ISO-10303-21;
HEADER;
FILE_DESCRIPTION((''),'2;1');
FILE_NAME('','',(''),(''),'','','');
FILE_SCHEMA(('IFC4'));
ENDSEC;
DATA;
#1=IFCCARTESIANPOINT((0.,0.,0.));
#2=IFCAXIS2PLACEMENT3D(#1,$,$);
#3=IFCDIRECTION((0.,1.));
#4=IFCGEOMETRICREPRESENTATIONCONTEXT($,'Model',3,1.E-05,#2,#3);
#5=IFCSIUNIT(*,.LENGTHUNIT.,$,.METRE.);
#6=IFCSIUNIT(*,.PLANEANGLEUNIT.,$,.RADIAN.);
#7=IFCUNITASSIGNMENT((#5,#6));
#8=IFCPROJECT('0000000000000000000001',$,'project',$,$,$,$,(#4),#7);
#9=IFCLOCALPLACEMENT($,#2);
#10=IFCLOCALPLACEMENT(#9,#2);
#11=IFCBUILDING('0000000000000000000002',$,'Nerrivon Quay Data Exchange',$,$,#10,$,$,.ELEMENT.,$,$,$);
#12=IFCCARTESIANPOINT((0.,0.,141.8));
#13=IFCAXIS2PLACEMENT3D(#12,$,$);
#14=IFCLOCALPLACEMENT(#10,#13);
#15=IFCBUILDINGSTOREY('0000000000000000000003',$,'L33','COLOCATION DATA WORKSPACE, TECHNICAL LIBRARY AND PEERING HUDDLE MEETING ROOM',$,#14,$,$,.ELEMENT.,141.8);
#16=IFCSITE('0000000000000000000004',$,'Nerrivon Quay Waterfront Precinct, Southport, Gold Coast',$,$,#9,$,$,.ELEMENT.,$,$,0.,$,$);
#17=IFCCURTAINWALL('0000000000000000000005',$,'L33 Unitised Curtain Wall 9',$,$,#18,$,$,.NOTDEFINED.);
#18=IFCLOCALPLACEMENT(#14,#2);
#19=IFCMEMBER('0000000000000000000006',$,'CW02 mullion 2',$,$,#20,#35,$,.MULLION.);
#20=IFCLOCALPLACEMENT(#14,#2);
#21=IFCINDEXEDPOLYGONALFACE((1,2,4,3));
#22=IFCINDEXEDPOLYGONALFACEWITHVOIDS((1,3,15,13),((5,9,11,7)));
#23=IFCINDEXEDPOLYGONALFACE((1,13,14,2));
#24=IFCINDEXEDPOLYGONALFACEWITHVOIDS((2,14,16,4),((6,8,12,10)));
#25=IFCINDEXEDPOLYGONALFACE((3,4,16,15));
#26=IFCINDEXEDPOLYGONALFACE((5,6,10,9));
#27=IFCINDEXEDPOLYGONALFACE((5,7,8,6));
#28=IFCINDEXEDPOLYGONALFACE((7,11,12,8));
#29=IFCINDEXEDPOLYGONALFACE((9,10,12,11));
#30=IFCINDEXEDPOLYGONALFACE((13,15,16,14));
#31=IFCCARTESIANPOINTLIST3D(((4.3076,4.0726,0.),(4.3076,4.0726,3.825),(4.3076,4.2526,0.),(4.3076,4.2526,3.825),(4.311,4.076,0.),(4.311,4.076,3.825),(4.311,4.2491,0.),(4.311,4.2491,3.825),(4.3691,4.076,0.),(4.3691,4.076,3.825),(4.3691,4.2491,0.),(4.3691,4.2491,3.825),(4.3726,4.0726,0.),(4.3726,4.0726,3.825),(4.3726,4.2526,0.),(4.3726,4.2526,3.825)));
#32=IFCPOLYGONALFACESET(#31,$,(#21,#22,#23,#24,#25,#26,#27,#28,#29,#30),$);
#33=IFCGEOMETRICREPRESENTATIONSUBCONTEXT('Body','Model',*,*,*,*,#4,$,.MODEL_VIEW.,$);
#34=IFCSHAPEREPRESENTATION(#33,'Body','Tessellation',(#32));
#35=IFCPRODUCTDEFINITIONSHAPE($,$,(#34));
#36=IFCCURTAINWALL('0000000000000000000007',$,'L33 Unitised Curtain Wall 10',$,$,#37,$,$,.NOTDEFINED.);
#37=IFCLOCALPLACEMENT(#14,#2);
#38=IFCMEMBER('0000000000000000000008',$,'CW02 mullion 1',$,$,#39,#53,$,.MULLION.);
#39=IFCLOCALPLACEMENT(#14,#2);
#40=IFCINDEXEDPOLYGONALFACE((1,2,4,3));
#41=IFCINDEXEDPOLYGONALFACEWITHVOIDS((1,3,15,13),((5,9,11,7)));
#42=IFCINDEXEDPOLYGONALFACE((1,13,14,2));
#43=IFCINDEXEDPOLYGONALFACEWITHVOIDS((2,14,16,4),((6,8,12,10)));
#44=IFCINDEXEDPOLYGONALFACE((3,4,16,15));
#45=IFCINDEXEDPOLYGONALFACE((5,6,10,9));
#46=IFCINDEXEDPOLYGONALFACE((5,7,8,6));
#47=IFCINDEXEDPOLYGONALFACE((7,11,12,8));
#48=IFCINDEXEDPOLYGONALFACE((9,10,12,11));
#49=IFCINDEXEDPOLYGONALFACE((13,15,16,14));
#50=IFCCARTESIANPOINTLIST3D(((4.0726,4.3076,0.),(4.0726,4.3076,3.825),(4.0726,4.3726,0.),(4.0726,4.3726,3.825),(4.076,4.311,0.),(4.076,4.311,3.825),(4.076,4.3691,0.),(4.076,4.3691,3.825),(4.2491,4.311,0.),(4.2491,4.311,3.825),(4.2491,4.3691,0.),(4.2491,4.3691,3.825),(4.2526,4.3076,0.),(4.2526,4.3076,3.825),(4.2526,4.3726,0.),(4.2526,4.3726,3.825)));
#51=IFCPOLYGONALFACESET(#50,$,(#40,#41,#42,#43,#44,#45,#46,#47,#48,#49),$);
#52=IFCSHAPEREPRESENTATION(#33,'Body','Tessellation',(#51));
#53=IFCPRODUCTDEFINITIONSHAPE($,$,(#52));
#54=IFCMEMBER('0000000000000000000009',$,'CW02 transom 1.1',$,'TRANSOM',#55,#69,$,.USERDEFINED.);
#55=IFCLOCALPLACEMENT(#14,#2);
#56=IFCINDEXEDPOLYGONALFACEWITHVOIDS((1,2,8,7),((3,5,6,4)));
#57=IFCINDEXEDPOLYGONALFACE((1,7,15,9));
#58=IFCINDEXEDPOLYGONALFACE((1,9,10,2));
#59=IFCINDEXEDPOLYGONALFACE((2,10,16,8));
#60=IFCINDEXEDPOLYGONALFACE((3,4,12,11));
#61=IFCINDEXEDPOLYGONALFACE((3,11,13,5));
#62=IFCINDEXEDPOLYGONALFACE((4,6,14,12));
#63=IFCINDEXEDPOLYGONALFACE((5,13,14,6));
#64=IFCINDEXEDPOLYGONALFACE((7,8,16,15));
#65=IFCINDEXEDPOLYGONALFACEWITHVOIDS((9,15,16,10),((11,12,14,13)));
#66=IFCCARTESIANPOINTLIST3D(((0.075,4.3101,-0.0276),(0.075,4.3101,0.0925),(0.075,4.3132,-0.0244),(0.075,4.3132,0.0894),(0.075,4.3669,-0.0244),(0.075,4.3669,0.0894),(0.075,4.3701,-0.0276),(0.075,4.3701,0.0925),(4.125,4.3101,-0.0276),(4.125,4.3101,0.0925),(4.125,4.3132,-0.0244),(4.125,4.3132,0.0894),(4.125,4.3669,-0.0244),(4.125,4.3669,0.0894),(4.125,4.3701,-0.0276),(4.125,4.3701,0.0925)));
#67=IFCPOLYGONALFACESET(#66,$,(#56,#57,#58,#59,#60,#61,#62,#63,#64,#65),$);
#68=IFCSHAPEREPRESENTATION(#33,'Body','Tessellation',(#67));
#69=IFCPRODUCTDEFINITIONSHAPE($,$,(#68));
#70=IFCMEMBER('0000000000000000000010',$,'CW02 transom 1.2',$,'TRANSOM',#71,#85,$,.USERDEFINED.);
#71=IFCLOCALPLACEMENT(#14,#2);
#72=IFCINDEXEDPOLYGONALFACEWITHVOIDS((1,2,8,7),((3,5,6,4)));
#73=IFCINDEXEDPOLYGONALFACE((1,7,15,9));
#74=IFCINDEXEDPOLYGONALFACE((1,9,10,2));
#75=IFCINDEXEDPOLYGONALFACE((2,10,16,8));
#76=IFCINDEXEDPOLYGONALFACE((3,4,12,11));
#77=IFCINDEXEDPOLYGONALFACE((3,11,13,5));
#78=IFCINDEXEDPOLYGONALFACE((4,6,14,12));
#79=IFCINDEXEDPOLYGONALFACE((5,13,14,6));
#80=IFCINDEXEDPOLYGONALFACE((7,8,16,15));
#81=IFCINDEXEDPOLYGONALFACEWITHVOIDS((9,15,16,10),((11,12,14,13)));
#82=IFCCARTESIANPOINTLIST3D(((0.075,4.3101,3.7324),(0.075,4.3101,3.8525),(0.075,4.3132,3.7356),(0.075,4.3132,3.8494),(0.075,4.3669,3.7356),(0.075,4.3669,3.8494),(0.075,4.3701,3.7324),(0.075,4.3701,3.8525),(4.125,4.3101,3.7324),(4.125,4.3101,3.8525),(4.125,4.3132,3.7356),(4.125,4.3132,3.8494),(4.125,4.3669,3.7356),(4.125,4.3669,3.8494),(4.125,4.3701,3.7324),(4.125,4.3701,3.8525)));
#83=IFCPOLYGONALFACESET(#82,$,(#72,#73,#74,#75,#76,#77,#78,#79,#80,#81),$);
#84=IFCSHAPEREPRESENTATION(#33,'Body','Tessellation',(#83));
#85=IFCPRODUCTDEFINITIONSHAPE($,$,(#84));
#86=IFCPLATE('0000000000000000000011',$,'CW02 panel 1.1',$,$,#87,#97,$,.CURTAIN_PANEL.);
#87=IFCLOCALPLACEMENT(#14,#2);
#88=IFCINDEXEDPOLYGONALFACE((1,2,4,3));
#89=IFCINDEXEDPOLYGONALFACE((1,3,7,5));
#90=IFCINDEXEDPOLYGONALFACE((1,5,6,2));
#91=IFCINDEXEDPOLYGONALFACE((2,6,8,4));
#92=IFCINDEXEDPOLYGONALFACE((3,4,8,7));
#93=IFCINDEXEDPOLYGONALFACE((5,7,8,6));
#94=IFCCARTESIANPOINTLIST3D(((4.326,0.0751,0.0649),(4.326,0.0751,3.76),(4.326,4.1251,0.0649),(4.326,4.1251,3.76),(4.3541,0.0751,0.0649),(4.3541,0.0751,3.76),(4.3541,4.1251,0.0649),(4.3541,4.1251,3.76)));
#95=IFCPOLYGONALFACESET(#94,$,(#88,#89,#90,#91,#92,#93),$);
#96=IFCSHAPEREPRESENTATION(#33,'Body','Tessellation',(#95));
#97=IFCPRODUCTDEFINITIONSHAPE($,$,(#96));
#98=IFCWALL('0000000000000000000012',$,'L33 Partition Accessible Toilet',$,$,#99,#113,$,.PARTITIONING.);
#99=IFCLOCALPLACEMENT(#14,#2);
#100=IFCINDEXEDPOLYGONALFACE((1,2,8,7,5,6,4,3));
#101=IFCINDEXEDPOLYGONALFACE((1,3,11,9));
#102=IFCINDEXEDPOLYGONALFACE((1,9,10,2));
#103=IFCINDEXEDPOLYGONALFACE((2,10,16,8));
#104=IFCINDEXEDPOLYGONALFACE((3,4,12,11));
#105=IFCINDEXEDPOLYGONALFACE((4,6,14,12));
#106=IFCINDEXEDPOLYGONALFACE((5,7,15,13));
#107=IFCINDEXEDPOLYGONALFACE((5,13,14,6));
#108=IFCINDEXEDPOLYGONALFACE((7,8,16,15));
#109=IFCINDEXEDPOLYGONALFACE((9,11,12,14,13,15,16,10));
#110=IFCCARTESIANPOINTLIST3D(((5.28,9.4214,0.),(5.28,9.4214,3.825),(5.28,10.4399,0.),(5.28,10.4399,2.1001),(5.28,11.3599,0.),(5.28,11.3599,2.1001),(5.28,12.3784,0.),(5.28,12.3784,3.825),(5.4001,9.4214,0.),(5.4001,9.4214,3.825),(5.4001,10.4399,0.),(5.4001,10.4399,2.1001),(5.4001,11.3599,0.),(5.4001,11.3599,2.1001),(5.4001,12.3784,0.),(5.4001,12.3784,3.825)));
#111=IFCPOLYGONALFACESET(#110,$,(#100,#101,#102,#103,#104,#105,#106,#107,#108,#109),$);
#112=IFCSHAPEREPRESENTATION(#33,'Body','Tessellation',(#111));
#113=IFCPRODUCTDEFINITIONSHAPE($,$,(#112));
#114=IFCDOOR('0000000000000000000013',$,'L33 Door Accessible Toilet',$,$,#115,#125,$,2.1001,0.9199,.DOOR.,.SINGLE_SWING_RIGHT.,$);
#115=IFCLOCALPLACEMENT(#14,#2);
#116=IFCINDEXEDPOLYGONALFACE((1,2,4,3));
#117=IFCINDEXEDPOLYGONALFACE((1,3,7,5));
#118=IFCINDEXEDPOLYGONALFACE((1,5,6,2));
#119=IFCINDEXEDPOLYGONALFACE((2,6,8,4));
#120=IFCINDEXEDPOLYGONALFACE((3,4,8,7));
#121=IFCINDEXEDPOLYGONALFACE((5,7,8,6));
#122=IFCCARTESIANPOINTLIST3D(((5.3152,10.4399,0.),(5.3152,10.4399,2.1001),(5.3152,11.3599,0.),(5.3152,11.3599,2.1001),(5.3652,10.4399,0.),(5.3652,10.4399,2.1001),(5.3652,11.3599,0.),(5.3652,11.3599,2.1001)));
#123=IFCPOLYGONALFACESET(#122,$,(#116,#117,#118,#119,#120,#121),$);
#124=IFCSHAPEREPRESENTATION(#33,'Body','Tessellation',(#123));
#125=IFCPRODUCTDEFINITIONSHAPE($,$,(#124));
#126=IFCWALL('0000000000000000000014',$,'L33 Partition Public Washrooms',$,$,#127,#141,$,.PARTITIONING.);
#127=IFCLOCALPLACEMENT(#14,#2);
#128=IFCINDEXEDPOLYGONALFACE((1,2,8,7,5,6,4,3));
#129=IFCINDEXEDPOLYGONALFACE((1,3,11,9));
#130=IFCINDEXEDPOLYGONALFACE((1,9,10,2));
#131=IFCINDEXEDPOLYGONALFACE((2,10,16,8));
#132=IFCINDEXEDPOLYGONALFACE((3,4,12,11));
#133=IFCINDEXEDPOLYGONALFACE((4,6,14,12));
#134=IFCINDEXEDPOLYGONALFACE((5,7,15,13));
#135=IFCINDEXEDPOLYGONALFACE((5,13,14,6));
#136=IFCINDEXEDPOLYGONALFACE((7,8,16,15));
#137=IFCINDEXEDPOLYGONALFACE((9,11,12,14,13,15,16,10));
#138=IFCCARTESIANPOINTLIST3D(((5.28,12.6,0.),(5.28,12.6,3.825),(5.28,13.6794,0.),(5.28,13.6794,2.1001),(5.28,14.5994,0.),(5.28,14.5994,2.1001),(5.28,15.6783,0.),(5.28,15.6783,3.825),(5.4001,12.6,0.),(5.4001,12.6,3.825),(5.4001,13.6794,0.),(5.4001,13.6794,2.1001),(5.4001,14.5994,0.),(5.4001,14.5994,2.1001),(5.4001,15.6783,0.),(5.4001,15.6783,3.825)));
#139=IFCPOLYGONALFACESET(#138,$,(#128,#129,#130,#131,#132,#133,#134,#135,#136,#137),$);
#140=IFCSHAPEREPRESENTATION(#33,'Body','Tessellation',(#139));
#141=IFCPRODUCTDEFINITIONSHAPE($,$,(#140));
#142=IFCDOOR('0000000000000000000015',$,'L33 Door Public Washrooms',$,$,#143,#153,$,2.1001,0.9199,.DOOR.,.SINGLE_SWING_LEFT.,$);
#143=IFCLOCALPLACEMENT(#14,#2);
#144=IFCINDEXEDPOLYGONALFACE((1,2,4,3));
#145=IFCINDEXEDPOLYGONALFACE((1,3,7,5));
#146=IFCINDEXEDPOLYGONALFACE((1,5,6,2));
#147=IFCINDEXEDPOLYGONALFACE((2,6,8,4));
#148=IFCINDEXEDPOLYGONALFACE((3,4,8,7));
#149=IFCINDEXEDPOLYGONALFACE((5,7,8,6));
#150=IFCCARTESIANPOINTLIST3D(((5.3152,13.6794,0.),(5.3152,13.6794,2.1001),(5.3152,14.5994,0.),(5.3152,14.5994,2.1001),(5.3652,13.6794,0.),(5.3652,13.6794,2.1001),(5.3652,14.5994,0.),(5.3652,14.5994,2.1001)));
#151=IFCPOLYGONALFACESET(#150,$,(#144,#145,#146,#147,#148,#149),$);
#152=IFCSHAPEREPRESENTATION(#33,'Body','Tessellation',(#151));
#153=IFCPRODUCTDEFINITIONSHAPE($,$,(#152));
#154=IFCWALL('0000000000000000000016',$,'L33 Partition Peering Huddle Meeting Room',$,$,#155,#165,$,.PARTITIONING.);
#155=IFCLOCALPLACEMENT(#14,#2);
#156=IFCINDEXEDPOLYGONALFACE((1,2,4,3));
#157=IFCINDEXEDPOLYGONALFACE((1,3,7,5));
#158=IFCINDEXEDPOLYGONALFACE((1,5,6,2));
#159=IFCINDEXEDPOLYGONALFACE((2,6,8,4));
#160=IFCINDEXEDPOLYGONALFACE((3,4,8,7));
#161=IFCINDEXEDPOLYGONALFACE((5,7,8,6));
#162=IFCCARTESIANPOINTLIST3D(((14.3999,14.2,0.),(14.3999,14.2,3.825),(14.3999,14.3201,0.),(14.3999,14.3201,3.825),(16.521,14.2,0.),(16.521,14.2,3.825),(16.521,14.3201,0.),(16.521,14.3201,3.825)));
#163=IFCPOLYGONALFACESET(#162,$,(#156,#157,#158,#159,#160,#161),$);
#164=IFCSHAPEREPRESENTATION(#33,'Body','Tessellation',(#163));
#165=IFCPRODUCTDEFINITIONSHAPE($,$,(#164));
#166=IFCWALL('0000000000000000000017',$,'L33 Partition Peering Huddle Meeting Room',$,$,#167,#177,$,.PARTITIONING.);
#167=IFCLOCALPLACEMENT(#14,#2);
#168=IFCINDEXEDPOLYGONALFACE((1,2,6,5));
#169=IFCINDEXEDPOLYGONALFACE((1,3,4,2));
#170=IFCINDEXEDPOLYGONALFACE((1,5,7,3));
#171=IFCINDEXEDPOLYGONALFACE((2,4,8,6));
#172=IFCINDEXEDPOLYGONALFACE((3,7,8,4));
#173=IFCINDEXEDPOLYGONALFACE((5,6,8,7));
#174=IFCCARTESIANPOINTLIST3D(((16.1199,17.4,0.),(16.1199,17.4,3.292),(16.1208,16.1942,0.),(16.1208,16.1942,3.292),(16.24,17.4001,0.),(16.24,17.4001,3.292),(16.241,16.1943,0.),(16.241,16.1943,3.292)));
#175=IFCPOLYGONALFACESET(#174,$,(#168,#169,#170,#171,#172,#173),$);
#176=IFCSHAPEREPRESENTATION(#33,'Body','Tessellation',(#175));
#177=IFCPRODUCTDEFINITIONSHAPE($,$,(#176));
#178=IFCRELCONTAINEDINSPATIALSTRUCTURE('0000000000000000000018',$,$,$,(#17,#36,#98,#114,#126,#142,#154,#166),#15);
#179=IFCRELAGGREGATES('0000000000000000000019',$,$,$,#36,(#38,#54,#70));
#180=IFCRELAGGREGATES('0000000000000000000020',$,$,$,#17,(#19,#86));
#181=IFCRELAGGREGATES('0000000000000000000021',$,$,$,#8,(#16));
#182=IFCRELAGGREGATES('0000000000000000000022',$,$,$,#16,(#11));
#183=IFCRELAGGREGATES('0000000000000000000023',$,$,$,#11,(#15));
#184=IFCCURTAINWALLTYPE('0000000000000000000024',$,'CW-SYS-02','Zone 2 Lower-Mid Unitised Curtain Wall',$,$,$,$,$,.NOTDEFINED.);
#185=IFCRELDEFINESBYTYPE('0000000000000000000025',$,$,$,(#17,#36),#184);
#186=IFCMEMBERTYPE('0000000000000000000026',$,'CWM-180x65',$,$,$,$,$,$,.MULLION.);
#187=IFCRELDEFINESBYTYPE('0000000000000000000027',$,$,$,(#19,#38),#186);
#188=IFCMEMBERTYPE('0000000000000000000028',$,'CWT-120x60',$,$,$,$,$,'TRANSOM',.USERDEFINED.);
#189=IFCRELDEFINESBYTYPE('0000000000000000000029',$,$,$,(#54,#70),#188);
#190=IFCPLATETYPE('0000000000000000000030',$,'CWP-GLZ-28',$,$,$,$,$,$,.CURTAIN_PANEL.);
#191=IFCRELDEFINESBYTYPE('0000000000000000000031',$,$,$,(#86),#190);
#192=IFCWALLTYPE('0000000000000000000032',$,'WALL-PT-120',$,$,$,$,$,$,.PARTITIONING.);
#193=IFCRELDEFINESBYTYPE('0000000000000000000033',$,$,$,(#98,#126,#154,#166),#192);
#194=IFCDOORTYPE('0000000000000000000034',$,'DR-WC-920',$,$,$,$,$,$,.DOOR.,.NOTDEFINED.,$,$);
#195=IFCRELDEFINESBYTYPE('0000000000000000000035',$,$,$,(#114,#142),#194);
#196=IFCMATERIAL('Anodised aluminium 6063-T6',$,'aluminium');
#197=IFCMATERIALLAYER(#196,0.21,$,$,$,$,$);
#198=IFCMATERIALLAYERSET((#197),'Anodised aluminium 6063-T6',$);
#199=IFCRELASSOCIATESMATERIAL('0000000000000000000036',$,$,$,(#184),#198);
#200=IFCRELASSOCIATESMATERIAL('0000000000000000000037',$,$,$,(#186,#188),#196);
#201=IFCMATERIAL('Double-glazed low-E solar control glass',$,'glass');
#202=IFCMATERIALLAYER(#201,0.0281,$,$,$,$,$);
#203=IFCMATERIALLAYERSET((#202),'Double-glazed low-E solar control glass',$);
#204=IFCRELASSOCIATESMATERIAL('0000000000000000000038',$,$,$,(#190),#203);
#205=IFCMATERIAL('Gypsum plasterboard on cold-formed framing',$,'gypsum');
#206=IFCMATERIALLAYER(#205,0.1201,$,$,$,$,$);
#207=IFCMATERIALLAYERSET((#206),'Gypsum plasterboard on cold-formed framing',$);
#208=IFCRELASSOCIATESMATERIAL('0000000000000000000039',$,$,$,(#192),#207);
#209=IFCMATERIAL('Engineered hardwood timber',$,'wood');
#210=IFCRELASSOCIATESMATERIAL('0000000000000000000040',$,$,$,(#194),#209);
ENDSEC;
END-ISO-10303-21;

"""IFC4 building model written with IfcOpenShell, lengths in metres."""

from ifc_helpers import new_model, si_unit, direction, frame, frame_2d, origin, origin_2d, place, context, subcontext, project, spatial, rectangle, hollow_rectangle, extrude, material, layer, layer_set, material_profile, profile_set, type_object, element, fill, aggregate, save


model = new_model("IFC4")

# Units and contexts
model_context = context("Model", 3, precision=1e-05, world=origin(), true_north=direction((0.0, 1.0)))
body_context = subcontext(model_context, "Body", "Model", "MODEL_VIEW")
ifc_project = project(units=[si_unit("LENGTHUNIT", "METRE"), si_unit("PLANEANGLEUNIT", "RADIAN")], contexts=[model_context])

# Site, building, storey
site_placement = place(None, origin())
site = spatial("IfcSite", under=ifc_project, at=site_placement, Name="Nerrivon Quay Waterfront Precinct, Southport, Gold Coast", CompositionType="ELEMENT", RefElevation=0.0)
building_placement = place(site_placement, origin())
building = spatial("IfcBuilding", under=site, at=building_placement, Name="Nerrivon Quay Data Exchange", CompositionType="ELEMENT")
storey_placement = place(building_placement, frame((0.0, 0.0, 141.8)))
storey = spatial("IfcBuildingStorey", under=building, at=storey_placement, Name="L33", Description="COLOCATION DATA WORKSPACE, TECHNICAL LIBRARY AND PEERING HUDDLE MEETING ROOM", CompositionType="ELEMENT", Elevation=141.8)

# Curtain wall, member
ifc_material_1 = material(Name="Anodised aluminium 6063-T6", Category="aluminium")
ifc_layer_1 = layer(ifc_material_1, 0.21)
ifc_layer_set_1 = layer_set([ifc_layer_1], Name="Anodised aluminium 6063-T6")
curtain_wall_type = type_object("IfcCurtainWallType", Name="CW-SYS-02", Description="Zone 2 Lower-Mid Unitised Curtain Wall", PredefinedType="NOTDEFINED", material=ifc_layer_set_1)
curtain_wall_1_placement = place(storey_placement, origin())
curtain_wall_1 = element("IfcCurtainWall", 1, at=curtain_wall_1_placement, inside=storey, type_object=curtain_wall_type, Name="L33 Unitised Curtain Wall 9", PredefinedType="NOTDEFINED")
ifc_material_profile_1 = material_profile(ifc_material_1, hollow_rectangle(XDim=0.0649, YDim=0.1799, WallThickness=0.0034, at=origin_2d()), Name="ALU-MULL-180x65")
ifc_profile_set_1 = profile_set([ifc_material_profile_1], Name="Anodised aluminium 6063-T6")
member_type_1 = type_object("IfcMemberType", Name="CWM-180x65", PredefinedType="MULLION", material=ifc_profile_set_1)
member_1_placement = place(storey_placement, frame((4.3401, 4.1626, 0.0), z_axis=(0.0, 0.0, 1.0), x_axis=(-1.0, 0.0, 0.0)))
member_1 = element("IfcMember", 2, at=member_1_placement, type_object=member_type_1, Name="CW02 mullion 2", PredefinedType="MULLION", context=body_context, shape_type="SweptSolid", body=[
    extrude(hollow_rectangle(XDim=0.0649, YDim=0.1799, WallThickness=0.0034, at=origin_2d()), origin(), (0.0, 0.0, 1.0), 3.825),
])

# Curtain wall, members
curtain_wall_2_placement = place(storey_placement, origin())
curtain_wall_2 = element("IfcCurtainWall", 3, at=curtain_wall_2_placement, inside=storey, type_object=curtain_wall_type, Name="L33 Unitised Curtain Wall 10", PredefinedType="NOTDEFINED")
member_2_placement = place(storey_placement, frame((4.1626, 4.3401, 0.0), z_axis=(0.0, 0.0, 1.0), x_axis=(0.0, -1.0, 0.0)))
member_2 = element("IfcMember", 4, at=member_2_placement, type_object=member_type_1, Name="CW02 mullion 1", PredefinedType="MULLION", context=body_context, shape_type="SweptSolid", body=[
    extrude(hollow_rectangle(XDim=0.0649, YDim=0.1799, WallThickness=0.0034, at=origin_2d()), origin(), (0.0, 0.0, 1.0), 3.825),
])
ifc_material_profile_2 = material_profile(ifc_material_1, hollow_rectangle(XDim=0.0601, YDim=0.1201, WallThickness=0.0032, at=origin_2d()), Name="ALU-TRAN-120x60")
ifc_profile_set_2 = profile_set([ifc_material_profile_2], Name="Anodised aluminium 6063-T6")
member_type_2 = type_object("IfcMemberType", Name="CWT-120x60", ElementType="TRANSOM", PredefinedType="USERDEFINED", material=ifc_profile_set_2)
member_3_placement = place(storey_placement, frame((4.125, 4.3401, 0.0325), z_axis=(-1.0, 0.0, 0.0), x_axis=(0.0, -1.0, 0.0)))
member_3 = element("IfcMember", 5, at=member_3_placement, type_object=member_type_2, Name="CW02 transom 1.1", ObjectType="TRANSOM", PredefinedType="USERDEFINED", context=body_context, shape_type="SweptSolid", body=[
    extrude(hollow_rectangle(XDim=0.0601, YDim=0.1201, WallThickness=0.0032, at=origin_2d()), origin(), (0.0, 0.0, 1.0), 4.05),
])
member_4_placement = place(storey_placement, frame((4.125, 4.3401, 3.7925), z_axis=(-1.0, 0.0, 0.0), x_axis=(0.0, -1.0, 0.0)))
member_4 = element("IfcMember", 6, at=member_4_placement, type_object=member_type_2, Name="CW02 transom 1.2", ObjectType="TRANSOM", PredefinedType="USERDEFINED", context=body_context, shape_type="SweptSolid", body=[
    extrude(hollow_rectangle(XDim=0.0601, YDim=0.1201, WallThickness=0.0032, at=origin_2d()), origin(), (0.0, 0.0, 1.0), 4.05),
])
aggregate(curtain_wall_2, [member_2, member_3, member_4])

# Plate
ifc_material_2 = material(Name="Double-glazed low-E solar control glass", Category="glass")
ifc_layer_2 = layer(ifc_material_2, 0.0281)
ifc_layer_set_2 = layer_set([ifc_layer_2], Name="Double-glazed low-E solar control glass")
plate_type = type_object("IfcPlateType", Name="CWP-GLZ-28", PredefinedType="CURTAIN_PANEL", material=ifc_layer_set_2)
plate_placement = place(storey_placement, frame((4.3401, 2.1001, 0.0649), z_axis=(0.0, 0.0, 1.0), x_axis=(0.0, 1.0, 0.0)))
plate = element("IfcPlate", 7, at=plate_placement, type_object=plate_type, Name="CW02 panel 1.1", PredefinedType="CURTAIN_PANEL", context=body_context, shape_type="SweptSolid", body=[
    extrude(rectangle(XDim=4.05, YDim=0.0281, at=origin_2d()), origin(), (0.0, 0.0, 1.0), 3.6951),
])
aggregate(curtain_wall_1, [member_1, plate])

# Walls, openings, doors
ifc_material_3 = material(Name="Gypsum plasterboard on cold-formed framing", Category="gypsum")
ifc_layer_3 = layer(ifc_material_3, 0.1201)
ifc_layer_set_3 = layer_set([ifc_layer_3], Name="Gypsum plasterboard on cold-formed framing")
wall_type_1 = type_object("IfcWallType", Name="WALL-PT-120", PredefinedType="PARTITIONING", material=ifc_layer_set_3)
wall_1_placement = place(storey_placement, frame((5.3401, 9.4214, 0.0), z_axis=(0.0, 0.0, 1.0), x_axis=(0.0, 1.0, 0.0)))
wall_1 = element("IfcWall", 8, at=wall_1_placement, inside=storey, type_object=wall_type_1, Name="L33 Partition Accessible Toilet", PredefinedType="PARTITIONING", context=body_context, shape_type="SweptSolid", body=[
    extrude(rectangle(XDim=2.957, YDim=0.1201, at=frame_2d((1.4785, 0.0))), origin(), (0.0, 0.0, 1.0), 3.825),
])
opening_1_placement = place(wall_1_placement, frame((1.0186, 0.0, 0.0)))
opening_1 = element("IfcOpeningElement", 9, at=opening_1_placement, cuts=wall_1, PredefinedType="OPENING", context=body_context, shape_type="SweptSolid", body=[
    extrude(rectangle(XDim=0.9199, YDim=2.1001, at=frame_2d((0.46, 1.05))), frame((0.0, 0.0701, 0.0), z_axis=(0.0, -1.0, 0.0), x_axis=(1.0, 0.0, 0.0)), (0.0, 0.0, 1.0), 0.1401),
])
ifc_material_4 = material(Name="Engineered hardwood timber", Category="wood")
door_type_1 = type_object("IfcDoorType", Name="DR-WC-920", OperationType="NOTDEFINED", PredefinedType="DOOR", material=ifc_material_4)
door_1_placement = place(opening_1_placement, origin())
door_1 = element("IfcDoor", 10, at=door_1_placement, inside=storey, type_object=door_type_1, Name="L33 Door Accessible Toilet", OperationType="SINGLE_SWING_RIGHT", OverallHeight=2.1001, OverallWidth=0.9199, PredefinedType="DOOR", context=body_context, shape_type="SweptSolid", body=[
    extrude(rectangle(XDim=0.9199, YDim=2.1001, at=frame_2d((0.46, 1.05))), frame((0.0, 0.0249, 0.0), z_axis=(0.0, -1.0, 0.0), x_axis=(1.0, 0.0, 0.0)), (0.0, 0.0, 1.0), 0.05),
])
fill(opening_1, door_1)
wall_2_placement = place(storey_placement, frame((5.3401, 12.6001, 0.0), z_axis=(0.0, 0.0, 1.0), x_axis=(0.0, 1.0, 0.0)))
wall_2 = element("IfcWall", 11, at=wall_2_placement, inside=storey, type_object=wall_type_1, Name="L33 Partition Public Washrooms", PredefinedType="PARTITIONING", context=body_context, shape_type="SweptSolid", body=[
    extrude(rectangle(XDim=3.0784, YDim=0.1201, at=frame_2d((1.5391, 0.0))), origin(), (0.0, 0.0, 1.0), 3.825),
])
opening_2_placement = place(wall_2_placement, frame((1.0793, 0.0, 0.0)))
opening_2 = element("IfcOpeningElement", 12, at=opening_2_placement, cuts=wall_2, PredefinedType="OPENING", context=body_context, shape_type="SweptSolid", body=[
    extrude(rectangle(XDim=0.9199, YDim=2.1001, at=frame_2d((0.46, 1.05))), frame((0.0, 0.0701, 0.0), z_axis=(0.0, -1.0, 0.0), x_axis=(1.0, 0.0, 0.0)), (0.0, 0.0, 1.0), 0.1401),
])
door_2_placement = place(opening_2_placement, origin())
door_2 = element("IfcDoor", 13, at=door_2_placement, inside=storey, type_object=door_type_1, Name="L33 Door Public Washrooms", OperationType="SINGLE_SWING_LEFT", OverallHeight=2.1001, OverallWidth=0.9199, PredefinedType="DOOR", context=body_context, shape_type="SweptSolid", body=[
    extrude(rectangle(XDim=0.9199, YDim=2.1001, at=frame_2d((0.46, 1.05))), frame((0.0, 0.0249, 0.0), z_axis=(0.0, -1.0, 0.0), x_axis=(1.0, 0.0, 0.0)), (0.0, 0.0, 1.0), 0.05),
])
fill(opening_2, door_2)

# Walls
wall_3_placement = place(storey_placement, frame((14.3999, 14.26, 0.0), z_axis=(0.0, 0.0, 1.0), x_axis=(1.0, 0.0, 0.0)))
element("IfcWall", 14, at=wall_3_placement, inside=storey, type_object=wall_type_1, Name="L33 Partition Peering Huddle Meeting Room", PredefinedType="PARTITIONING", context=body_context, shape_type="SweptSolid", body=[
    extrude(rectangle(XDim=2.1211, YDim=0.1201, at=frame_2d((1.0605, 0.0))), origin(), (0.0, 0.0, 1.0), 3.825),
])
wall_4_placement = place(storey_placement, frame((16.1809, 16.1941, 0.0), z_axis=(0.0, 0.0, 1.0), x_axis=(-0.00081, 1.0, 0.0)))
element("IfcWall", 15, at=wall_4_placement, inside=storey, type_object=wall_type_1, Name="L33 Partition Peering Huddle Meeting Room", PredefinedType="PARTITIONING", context=body_context, shape_type="SweptSolid", body=[
    extrude(rectangle(XDim=1.2058, YDim=0.1201, at=frame_2d((0.603, 0.0))), origin(), (0.0, 0.0, 1.0), 3.292),
])

save(model, "model.ifc")
